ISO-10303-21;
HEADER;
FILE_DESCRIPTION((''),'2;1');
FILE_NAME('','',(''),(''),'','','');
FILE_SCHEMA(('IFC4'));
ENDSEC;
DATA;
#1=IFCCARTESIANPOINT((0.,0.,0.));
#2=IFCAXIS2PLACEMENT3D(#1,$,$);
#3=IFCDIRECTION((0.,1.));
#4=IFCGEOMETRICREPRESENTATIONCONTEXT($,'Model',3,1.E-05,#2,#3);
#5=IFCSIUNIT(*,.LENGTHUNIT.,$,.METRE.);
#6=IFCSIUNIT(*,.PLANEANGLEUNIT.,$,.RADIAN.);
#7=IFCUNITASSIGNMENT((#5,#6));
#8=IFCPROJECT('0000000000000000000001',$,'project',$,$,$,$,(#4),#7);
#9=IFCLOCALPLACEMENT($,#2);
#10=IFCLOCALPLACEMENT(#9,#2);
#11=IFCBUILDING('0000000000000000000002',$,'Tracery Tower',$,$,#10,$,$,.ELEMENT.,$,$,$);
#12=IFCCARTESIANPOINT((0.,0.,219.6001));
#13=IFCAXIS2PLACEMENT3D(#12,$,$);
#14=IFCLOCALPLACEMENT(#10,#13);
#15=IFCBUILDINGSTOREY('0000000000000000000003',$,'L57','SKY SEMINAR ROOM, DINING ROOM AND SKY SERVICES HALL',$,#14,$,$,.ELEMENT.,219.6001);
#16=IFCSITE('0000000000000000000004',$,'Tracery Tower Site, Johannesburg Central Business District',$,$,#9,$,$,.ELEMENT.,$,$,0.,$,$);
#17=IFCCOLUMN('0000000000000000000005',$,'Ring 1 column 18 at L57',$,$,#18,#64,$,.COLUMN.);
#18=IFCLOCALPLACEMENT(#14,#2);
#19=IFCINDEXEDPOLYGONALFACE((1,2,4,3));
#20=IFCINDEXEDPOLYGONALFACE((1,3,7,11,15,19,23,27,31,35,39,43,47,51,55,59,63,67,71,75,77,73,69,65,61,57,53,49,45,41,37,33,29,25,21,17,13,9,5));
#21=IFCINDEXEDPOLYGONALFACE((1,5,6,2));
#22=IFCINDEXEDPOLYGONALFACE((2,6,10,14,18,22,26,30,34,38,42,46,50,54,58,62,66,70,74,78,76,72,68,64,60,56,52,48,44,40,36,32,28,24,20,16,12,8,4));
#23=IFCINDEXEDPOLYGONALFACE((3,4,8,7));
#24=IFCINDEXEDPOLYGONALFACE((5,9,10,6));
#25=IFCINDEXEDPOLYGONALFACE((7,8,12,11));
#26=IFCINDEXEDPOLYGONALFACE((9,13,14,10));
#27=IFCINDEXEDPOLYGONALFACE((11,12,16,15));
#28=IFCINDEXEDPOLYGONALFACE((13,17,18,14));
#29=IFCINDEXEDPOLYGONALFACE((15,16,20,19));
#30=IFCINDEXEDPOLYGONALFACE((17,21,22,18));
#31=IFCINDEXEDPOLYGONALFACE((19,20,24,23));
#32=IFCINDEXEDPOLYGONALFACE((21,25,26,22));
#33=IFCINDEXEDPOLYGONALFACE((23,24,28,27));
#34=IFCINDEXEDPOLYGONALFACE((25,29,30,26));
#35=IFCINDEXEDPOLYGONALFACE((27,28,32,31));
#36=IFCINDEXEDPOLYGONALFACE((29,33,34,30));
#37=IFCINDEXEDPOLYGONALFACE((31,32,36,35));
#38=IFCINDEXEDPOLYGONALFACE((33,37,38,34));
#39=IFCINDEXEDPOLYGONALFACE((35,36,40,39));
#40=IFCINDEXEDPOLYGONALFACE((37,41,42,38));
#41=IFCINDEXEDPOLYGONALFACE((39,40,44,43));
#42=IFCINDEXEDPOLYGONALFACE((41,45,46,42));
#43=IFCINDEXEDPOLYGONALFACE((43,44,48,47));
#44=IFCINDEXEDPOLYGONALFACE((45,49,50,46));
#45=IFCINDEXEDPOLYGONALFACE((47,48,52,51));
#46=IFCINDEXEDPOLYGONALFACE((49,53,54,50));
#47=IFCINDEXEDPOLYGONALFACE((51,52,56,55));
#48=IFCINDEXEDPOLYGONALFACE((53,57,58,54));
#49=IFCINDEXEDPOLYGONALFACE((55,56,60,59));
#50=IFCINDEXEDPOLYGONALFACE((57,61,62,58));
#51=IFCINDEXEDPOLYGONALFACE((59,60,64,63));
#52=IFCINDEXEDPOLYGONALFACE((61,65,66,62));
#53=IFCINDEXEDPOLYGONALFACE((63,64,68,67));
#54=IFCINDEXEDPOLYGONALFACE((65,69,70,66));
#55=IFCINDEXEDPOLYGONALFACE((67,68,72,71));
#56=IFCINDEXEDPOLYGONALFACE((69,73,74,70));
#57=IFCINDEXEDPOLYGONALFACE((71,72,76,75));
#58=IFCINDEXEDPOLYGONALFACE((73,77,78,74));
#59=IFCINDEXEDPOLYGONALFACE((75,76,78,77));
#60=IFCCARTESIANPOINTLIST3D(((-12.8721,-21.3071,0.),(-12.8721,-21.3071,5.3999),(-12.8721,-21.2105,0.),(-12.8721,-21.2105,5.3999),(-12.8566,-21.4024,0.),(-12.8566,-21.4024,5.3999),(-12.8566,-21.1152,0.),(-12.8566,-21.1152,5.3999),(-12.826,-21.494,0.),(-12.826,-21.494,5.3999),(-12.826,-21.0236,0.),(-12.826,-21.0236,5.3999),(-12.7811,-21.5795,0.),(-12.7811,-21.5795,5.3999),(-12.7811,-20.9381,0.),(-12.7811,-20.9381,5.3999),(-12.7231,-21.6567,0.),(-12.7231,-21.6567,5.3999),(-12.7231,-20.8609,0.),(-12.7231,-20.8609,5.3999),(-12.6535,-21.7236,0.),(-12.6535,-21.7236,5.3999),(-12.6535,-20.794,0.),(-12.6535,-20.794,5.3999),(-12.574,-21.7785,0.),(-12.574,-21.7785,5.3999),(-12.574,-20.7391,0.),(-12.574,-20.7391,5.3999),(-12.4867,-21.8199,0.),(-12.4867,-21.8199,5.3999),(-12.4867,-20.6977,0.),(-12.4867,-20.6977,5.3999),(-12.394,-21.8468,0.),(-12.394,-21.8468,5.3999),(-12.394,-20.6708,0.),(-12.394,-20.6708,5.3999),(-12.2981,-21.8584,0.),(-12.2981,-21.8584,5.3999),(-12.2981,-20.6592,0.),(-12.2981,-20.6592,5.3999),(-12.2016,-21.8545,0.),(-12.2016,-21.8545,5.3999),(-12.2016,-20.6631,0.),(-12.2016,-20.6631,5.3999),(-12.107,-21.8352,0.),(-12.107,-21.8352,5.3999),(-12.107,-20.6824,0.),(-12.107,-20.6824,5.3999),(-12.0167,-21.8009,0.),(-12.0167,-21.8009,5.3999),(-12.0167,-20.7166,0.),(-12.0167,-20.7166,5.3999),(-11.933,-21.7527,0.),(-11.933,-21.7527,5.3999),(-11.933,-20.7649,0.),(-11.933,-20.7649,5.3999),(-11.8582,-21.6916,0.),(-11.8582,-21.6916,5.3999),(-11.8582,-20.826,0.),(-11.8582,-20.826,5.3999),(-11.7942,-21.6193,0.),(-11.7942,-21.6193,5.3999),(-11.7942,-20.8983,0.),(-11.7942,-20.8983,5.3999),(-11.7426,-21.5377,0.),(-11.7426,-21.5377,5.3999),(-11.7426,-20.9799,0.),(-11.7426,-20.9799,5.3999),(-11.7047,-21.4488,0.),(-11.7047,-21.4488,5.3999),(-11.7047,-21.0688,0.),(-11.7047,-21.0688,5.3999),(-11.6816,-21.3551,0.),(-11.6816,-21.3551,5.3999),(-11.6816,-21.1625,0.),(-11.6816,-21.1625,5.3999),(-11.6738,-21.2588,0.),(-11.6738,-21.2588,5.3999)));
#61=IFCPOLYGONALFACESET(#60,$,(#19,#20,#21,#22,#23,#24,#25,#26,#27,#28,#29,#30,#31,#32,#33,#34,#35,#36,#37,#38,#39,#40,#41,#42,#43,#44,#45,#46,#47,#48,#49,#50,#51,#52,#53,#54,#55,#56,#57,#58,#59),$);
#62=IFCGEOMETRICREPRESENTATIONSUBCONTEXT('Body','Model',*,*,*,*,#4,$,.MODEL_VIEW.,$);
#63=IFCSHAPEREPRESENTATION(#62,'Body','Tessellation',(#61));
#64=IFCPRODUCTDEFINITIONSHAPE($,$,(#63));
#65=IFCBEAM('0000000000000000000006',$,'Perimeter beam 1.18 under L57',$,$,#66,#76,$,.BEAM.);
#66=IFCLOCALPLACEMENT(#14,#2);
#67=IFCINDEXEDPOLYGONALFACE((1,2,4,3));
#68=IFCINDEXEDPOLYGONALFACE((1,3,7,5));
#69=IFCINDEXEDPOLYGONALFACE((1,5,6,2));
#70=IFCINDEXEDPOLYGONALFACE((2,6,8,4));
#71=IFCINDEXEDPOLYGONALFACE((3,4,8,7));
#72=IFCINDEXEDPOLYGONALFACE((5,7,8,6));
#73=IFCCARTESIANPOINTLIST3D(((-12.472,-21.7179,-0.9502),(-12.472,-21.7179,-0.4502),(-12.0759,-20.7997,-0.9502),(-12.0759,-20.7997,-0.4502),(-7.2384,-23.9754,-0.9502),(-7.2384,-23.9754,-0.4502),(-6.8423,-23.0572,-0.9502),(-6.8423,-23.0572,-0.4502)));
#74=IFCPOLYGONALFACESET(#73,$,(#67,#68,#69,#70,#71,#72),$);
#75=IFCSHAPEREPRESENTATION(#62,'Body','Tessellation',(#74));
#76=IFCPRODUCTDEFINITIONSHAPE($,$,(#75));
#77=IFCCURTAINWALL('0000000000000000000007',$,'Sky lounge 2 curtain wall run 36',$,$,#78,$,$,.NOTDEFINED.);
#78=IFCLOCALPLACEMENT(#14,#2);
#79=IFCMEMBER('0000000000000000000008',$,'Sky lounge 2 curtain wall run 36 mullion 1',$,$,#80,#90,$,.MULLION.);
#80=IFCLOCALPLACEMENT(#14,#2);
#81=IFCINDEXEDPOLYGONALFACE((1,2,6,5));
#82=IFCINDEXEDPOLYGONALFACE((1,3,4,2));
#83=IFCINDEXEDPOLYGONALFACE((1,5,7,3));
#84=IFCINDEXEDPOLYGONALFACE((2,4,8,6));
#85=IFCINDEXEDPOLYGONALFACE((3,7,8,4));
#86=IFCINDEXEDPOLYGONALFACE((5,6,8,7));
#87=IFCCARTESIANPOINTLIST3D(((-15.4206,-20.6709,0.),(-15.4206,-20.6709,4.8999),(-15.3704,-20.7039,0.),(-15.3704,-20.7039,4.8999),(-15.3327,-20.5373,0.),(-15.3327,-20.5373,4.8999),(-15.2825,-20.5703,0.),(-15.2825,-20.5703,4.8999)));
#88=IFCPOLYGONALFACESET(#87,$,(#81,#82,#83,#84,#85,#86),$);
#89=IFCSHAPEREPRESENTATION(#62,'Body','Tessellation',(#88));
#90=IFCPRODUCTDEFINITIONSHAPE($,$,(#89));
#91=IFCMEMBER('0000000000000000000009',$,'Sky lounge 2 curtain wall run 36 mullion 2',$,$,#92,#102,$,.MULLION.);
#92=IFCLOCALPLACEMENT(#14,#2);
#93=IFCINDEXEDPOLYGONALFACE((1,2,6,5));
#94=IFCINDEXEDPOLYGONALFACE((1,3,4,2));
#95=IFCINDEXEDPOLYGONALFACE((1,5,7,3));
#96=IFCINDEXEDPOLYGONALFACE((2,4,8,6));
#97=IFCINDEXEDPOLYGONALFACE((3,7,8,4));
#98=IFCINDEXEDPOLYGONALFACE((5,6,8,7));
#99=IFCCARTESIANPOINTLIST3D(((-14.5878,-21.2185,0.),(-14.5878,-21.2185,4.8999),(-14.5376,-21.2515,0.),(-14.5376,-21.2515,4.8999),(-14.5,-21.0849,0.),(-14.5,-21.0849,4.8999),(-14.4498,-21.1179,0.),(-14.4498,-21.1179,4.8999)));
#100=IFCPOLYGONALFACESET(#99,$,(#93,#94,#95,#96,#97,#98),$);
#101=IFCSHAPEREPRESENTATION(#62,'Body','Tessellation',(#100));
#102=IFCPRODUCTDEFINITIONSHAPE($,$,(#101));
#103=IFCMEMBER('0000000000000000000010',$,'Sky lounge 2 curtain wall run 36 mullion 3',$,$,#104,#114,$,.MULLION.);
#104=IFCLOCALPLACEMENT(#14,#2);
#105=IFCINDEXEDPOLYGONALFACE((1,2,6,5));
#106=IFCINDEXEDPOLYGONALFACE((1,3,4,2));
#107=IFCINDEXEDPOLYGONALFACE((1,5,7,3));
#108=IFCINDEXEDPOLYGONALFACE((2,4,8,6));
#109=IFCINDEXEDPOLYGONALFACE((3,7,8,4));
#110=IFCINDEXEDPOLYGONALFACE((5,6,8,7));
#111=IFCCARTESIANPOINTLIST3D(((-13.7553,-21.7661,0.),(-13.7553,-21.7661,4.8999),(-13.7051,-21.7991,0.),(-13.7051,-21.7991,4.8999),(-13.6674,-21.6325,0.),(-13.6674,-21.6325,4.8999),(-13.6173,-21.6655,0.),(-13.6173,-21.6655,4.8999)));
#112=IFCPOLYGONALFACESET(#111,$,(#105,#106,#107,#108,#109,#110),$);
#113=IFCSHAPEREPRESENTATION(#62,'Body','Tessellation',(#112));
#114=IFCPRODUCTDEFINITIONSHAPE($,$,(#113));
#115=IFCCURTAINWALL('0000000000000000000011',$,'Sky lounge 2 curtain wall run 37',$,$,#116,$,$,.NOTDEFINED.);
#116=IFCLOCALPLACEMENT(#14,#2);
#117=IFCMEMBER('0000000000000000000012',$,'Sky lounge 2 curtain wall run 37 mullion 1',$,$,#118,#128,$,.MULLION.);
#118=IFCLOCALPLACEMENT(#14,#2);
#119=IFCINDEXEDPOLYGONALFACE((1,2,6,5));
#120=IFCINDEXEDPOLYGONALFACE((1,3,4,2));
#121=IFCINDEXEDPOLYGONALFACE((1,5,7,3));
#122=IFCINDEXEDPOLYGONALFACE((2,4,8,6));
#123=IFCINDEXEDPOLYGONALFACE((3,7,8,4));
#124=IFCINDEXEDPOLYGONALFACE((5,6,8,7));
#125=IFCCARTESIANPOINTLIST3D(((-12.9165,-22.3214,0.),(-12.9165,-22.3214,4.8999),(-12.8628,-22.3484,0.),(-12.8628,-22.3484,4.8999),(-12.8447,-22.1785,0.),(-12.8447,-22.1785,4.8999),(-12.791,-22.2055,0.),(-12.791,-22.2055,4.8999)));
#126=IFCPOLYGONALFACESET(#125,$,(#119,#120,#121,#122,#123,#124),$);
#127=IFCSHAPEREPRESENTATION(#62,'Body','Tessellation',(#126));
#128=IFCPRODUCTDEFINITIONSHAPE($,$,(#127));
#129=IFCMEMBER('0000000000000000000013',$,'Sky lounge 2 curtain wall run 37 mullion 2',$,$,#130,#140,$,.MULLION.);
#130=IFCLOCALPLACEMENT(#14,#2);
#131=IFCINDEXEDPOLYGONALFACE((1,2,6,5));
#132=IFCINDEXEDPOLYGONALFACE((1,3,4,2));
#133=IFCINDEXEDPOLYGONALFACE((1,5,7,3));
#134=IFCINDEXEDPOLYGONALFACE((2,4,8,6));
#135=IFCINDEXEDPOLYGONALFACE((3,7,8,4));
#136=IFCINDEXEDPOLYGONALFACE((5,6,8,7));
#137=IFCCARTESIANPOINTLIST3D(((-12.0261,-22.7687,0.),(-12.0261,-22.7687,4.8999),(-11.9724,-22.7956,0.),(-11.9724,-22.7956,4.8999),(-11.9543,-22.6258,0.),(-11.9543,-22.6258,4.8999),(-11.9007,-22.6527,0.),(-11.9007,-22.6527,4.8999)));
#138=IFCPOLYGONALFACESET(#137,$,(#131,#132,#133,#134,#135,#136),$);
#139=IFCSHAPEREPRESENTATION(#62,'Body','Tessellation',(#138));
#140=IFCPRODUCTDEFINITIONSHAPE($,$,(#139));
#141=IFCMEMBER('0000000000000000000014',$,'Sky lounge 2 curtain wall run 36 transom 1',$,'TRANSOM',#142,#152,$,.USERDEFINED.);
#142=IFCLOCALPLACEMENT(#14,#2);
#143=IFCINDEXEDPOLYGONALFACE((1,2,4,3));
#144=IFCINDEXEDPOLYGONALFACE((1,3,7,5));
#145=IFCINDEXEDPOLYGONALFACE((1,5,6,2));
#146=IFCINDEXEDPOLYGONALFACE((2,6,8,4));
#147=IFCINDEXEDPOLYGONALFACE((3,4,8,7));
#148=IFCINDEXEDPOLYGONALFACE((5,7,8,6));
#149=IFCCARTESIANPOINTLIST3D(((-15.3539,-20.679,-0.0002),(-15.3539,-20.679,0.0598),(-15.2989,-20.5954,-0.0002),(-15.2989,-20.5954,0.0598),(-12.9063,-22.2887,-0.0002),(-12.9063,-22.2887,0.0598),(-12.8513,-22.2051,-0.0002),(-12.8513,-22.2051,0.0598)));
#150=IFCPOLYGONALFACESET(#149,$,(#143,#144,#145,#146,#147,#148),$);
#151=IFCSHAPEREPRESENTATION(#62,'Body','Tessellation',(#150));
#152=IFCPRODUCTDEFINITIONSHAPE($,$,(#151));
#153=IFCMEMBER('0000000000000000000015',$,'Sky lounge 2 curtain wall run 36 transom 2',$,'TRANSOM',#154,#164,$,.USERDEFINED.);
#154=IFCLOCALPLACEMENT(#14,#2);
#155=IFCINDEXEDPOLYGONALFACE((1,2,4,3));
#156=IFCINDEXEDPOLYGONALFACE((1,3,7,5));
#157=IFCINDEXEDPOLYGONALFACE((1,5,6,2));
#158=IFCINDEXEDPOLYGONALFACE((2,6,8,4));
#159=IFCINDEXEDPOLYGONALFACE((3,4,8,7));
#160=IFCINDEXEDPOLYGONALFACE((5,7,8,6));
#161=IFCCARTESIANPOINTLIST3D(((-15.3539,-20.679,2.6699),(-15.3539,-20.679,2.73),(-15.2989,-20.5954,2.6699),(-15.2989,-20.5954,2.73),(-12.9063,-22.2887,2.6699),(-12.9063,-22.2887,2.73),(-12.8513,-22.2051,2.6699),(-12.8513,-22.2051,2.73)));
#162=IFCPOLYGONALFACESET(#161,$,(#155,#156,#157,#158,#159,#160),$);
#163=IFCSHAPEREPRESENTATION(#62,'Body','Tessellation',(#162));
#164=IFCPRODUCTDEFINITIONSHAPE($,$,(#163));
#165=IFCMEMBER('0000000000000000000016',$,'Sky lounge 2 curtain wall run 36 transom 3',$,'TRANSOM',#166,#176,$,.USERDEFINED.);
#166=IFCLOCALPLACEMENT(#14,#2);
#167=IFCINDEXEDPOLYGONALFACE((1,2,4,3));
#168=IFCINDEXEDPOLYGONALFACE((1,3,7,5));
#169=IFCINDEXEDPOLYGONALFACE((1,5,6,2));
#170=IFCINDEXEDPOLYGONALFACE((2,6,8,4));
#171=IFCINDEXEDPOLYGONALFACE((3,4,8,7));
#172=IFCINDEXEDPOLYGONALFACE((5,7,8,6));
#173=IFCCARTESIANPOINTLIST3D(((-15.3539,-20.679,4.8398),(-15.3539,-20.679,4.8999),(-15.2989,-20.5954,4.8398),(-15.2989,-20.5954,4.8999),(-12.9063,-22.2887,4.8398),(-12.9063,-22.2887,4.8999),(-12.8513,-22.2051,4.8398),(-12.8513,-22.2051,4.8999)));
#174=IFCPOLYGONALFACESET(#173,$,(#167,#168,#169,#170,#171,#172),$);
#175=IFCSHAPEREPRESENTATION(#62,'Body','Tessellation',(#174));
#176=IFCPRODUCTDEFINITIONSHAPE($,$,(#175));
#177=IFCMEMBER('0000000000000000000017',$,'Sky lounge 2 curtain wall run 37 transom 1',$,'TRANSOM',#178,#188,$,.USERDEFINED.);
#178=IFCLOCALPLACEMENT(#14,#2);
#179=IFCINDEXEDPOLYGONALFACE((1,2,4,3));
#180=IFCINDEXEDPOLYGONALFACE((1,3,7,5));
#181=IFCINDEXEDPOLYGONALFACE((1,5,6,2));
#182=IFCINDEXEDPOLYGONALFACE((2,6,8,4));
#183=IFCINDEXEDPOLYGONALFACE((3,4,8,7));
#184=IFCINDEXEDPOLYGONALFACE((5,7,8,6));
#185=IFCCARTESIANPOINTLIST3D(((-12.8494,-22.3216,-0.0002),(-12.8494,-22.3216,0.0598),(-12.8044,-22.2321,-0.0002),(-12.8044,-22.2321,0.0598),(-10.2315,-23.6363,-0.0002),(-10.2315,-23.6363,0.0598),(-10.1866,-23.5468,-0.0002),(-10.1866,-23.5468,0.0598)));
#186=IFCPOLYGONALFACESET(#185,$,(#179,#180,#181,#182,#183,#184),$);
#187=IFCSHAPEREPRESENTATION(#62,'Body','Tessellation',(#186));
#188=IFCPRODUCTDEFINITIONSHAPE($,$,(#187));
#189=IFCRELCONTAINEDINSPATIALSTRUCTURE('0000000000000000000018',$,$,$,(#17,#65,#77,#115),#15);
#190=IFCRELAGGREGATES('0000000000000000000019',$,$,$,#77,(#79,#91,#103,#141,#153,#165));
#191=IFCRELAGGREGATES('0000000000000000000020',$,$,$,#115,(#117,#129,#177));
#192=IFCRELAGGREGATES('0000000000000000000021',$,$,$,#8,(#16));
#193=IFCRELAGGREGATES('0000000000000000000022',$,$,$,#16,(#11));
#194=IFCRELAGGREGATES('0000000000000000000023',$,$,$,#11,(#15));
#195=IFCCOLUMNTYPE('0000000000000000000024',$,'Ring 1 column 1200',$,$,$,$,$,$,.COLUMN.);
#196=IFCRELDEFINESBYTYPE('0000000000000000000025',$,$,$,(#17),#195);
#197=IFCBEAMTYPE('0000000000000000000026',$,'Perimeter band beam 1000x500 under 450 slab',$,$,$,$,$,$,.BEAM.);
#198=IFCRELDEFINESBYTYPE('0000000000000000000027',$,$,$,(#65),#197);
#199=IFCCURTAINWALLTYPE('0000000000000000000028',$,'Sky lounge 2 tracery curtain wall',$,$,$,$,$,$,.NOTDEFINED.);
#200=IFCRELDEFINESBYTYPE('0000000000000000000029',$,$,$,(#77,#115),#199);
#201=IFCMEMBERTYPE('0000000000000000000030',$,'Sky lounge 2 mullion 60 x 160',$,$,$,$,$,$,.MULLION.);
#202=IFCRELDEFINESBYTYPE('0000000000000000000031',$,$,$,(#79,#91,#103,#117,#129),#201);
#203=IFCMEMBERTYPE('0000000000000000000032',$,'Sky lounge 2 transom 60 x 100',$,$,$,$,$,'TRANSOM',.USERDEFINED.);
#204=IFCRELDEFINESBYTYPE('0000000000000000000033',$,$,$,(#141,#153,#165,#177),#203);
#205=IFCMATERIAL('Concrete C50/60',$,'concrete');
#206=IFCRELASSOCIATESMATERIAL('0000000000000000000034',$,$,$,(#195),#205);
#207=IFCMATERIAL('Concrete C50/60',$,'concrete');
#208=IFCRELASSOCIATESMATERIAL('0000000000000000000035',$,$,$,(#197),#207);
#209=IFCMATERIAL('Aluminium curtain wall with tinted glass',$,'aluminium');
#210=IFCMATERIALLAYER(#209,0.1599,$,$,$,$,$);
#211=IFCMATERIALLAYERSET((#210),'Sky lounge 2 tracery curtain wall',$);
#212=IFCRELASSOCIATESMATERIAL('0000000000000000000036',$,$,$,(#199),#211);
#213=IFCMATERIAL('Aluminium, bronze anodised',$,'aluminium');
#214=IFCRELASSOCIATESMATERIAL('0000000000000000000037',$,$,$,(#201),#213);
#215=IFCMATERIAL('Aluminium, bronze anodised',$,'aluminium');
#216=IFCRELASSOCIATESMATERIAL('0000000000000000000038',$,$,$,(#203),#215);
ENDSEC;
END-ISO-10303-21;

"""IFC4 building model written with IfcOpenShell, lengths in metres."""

from ifc_helpers import new_model, si_unit, direction, frame, origin, origin_2d, place, context, subcontext, project, spatial, rectangle, circle, extrude, material, layer, layer_set, material_profile, profile_set, type_object, element, aggregate, save


model = new_model("IFC4")

# Units and contexts
model_context = context("Model", 3, precision=1e-05, world=origin(), true_north=direction((0.0, 1.0)))
body_context = subcontext(model_context, "Body", "Model", "MODEL_VIEW")
ifc_project = project(units=[si_unit("LENGTHUNIT", "METRE"), si_unit("PLANEANGLEUNIT", "RADIAN")], contexts=[model_context])

# Site, building, storey
site_placement = place(None, origin())
site = spatial("IfcSite", under=ifc_project, at=site_placement, Name="Tracery Tower Site, Johannesburg Central Business District", CompositionType="ELEMENT", RefElevation=0.0)
building_placement = place(site_placement, origin())
building = spatial("IfcBuilding", under=site, at=building_placement, Name="Tracery Tower", CompositionType="ELEMENT")
storey_placement = place(building_placement, frame((0.0, 0.0, 219.6001)))
storey = spatial("IfcBuildingStorey", under=building, at=storey_placement, Name="L57", Description="SKY SEMINAR ROOM, DINING ROOM AND SKY SERVICES HALL", CompositionType="ELEMENT", Elevation=219.6001)

# Column
ifc_material_1 = material(Name="Concrete C50/60", Category="concrete")
ifc_material_profile_1 = material_profile(ifc_material_1, circle(Radius=0.6001, at=origin_2d()), Name="RC D1200")
ifc_profile_set_1 = profile_set([ifc_material_profile_1], Name="Concrete C50/60")
column_type = type_object("IfcColumnType", Name="Ring 1 column 1200", PredefinedType="COLUMN", material=ifc_profile_set_1)
column_placement = place(storey_placement, frame((-12.2739, -21.2588, 0.0), z_axis=(0.0, 0.0, 1.0), x_axis=(1.0, 0.0, 0.0)))
element("IfcColumn", 1, at=column_placement, inside=storey, type_object=column_type, Name="Ring 1 column 18 at L57", PredefinedType="COLUMN", context=body_context, shape_type="SweptSolid", body=[
    extrude(circle(Radius=0.6001, at=origin_2d()), origin(), (0.0, 0.0, 1.0), 5.3999),
])

# Beam
ifc_material_2 = material(Name="Concrete C50/60", Category="concrete")
ifc_material_profile_2 = material_profile(ifc_material_2, rectangle(XDim=1.0, YDim=0.5, at=origin_2d()), Name="RC 1000x500")
ifc_profile_set_2 = profile_set([ifc_material_profile_2], Name="Concrete C50/60")
beam_type = type_object("IfcBeamType", Name="Perimeter band beam 1000x500 under 450 slab", PredefinedType="BEAM", material=ifc_profile_set_2)
beam_placement = place(storey_placement, frame((-12.2739, -21.2588, -0.7002), z_axis=(0.918216, -0.396079, 0.0), x_axis=(0.396079, 0.918216, 0.0)))
element("IfcBeam", 2, at=beam_placement, inside=storey, type_object=beam_type, Name="Perimeter beam 1.18 under L57", PredefinedType="BEAM", context=body_context, shape_type="SweptSolid", body=[
    extrude(rectangle(XDim=1.0, YDim=0.5, at=origin_2d()), origin(), (0.0, 0.0, 1.0), 5.6997),
])

# Curtain walls, members
ifc_material_3 = material(Name="Aluminium curtain wall with tinted glass", Category="aluminium")
ifc_layer_1 = layer(ifc_material_3, 0.1599)
ifc_layer_set_1 = layer_set([ifc_layer_1], Name="Sky lounge 2 tracery curtain wall")
curtain_wall_type = type_object("IfcCurtainWallType", Name="Sky lounge 2 tracery curtain wall", PredefinedType="NOTDEFINED", material=ifc_layer_set_1)
curtain_wall_1_placement = place(storey_placement, origin())
curtain_wall_1 = element("IfcCurtainWall", 3, at=curtain_wall_1_placement, inside=storey, type_object=curtain_wall_type, Name="Sky lounge 2 curtain wall run 36", PredefinedType="NOTDEFINED")
ifc_material_4 = material(Name="Aluminium, bronze anodised", Category="aluminium")
ifc_material_profile_3 = material_profile(ifc_material_4, rectangle(XDim=0.1599, YDim=0.0601, at=origin_2d()), Name="AL 60x160")
ifc_profile_set_3 = profile_set([ifc_material_profile_3], Name="Aluminium, bronze anodised")
member_type_1 = type_object("IfcMemberType", Name="Sky lounge 2 mullion 60 x 160", PredefinedType="MULLION", material=ifc_profile_set_3)
member_1_placement = place(storey_placement, frame((-15.3516, -20.6206, 0.0), z_axis=(0.0, 0.0, 1.0), x_axis=(0.549509, 0.835488, 0.0)))
member_1 = element("IfcMember", 4, at=member_1_placement, type_object=member_type_1, Name="Sky lounge 2 curtain wall run 36 mullion 1", PredefinedType="MULLION", context=body_context, shape_type="SweptSolid", body=[
    extrude(rectangle(XDim=0.1599, YDim=0.0601, at=origin_2d()), origin(), (0.0, 0.0, 1.0), 4.8999),
])
member_2_placement = place(storey_placement, frame((-14.5188, -21.1682, 0.0), z_axis=(0.0, 0.0, 1.0), x_axis=(0.549509, 0.835488, 0.0)))
member_2 = element("IfcMember", 5, at=member_2_placement, type_object=member_type_1, Name="Sky lounge 2 curtain wall run 36 mullion 2", PredefinedType="MULLION", context=body_context, shape_type="SweptSolid", body=[
    extrude(rectangle(XDim=0.1599, YDim=0.0601, at=origin_2d()), origin(), (0.0, 0.0, 1.0), 4.8999),
])
member_3_placement = place(storey_placement, frame((-13.6863, -21.7158, 0.0), z_axis=(0.0, 0.0, 1.0), x_axis=(0.549509, 0.835488, 0.0)))
member_3 = element("IfcMember", 6, at=member_3_placement, type_object=member_type_1, Name="Sky lounge 2 curtain wall run 36 mullion 3", PredefinedType="MULLION", context=body_context, shape_type="SweptSolid", body=[
    extrude(rectangle(XDim=0.1599, YDim=0.0601, at=origin_2d()), origin(), (0.0, 0.0, 1.0), 4.8999),
])
curtain_wall_2_placement = place(storey_placement, origin())
curtain_wall_2 = element("IfcCurtainWall", 7, at=curtain_wall_2_placement, inside=storey, type_object=curtain_wall_type, Name="Sky lounge 2 curtain wall run 37", PredefinedType="NOTDEFINED")
member_4_placement = place(storey_placement, frame((-12.8538, -22.2634, 0.0), z_axis=(0.0, 0.0, 1.0), x_axis=(0.448799, 0.893633, 0.0)))
member_4 = element("IfcMember", 8, at=member_4_placement, type_object=member_type_1, Name="Sky lounge 2 curtain wall run 37 mullion 1", PredefinedType="MULLION", context=body_context, shape_type="SweptSolid", body=[
    extrude(rectangle(XDim=0.1599, YDim=0.0601, at=origin_2d()), origin(), (0.0, 0.0, 1.0), 4.8999),
])
member_5_placement = place(storey_placement, frame((-11.9634, -22.7107, 0.0), z_axis=(0.0, 0.0, 1.0), x_axis=(0.448799, 0.893633, 0.0)))
member_5 = element("IfcMember", 9, at=member_5_placement, type_object=member_type_1, Name="Sky lounge 2 curtain wall run 37 mullion 2", PredefinedType="MULLION", context=body_context, shape_type="SweptSolid", body=[
    extrude(rectangle(XDim=0.1599, YDim=0.0601, at=origin_2d()), origin(), (0.0, 0.0, 1.0), 4.8999),
])

# Members
ifc_material_5 = material(Name="Aluminium, bronze anodised", Category="aluminium")
ifc_material_profile_4 = material_profile(ifc_material_5, rectangle(XDim=0.1001, YDim=0.0601, at=origin_2d()), Name="AL 60x100")
ifc_profile_set_4 = profile_set([ifc_material_profile_4], Name="Aluminium, bronze anodised")
member_type_2 = type_object("IfcMemberType", Name="Sky lounge 2 transom 60 x 100", ElementType="TRANSOM", PredefinedType="USERDEFINED", material=ifc_profile_set_4)
member_6_placement = place(storey_placement, frame((-15.3264, -20.6372, 0.0298), z_axis=(0.835509, -0.549477, 0.0), x_axis=(0.549477, 0.835509, 0.0)))
member_6 = element("IfcMember", 10, at=member_6_placement, type_object=member_type_2, Name="Sky lounge 2 curtain wall run 36 transom 1", ObjectType="TRANSOM", PredefinedType="USERDEFINED", context=body_context, shape_type="SweptSolid", body=[
    extrude(rectangle(XDim=0.1001, YDim=0.0601, at=origin_2d()), origin(), (0.0, 0.0, 1.0), 2.9294),
])
member_7_placement = place(storey_placement, frame((-15.3264, -20.6372, 2.7), z_axis=(0.835509, -0.549477, 0.0), x_axis=(0.549477, 0.835509, 0.0)))
member_7 = element("IfcMember", 11, at=member_7_placement, type_object=member_type_2, Name="Sky lounge 2 curtain wall run 36 transom 2", ObjectType="TRANSOM", PredefinedType="USERDEFINED", context=body_context, shape_type="SweptSolid", body=[
    extrude(rectangle(XDim=0.1001, YDim=0.0601, at=origin_2d()), origin(), (0.0, 0.0, 1.0), 2.9294),
])
member_8_placement = place(storey_placement, frame((-15.3264, -20.6372, 4.8699), z_axis=(0.835509, -0.549477, 0.0), x_axis=(0.549477, 0.835509, 0.0)))
member_8 = element("IfcMember", 12, at=member_8_placement, type_object=member_type_2, Name="Sky lounge 2 curtain wall run 36 transom 3", ObjectType="TRANSOM", PredefinedType="USERDEFINED", context=body_context, shape_type="SweptSolid", body=[
    extrude(rectangle(XDim=0.1001, YDim=0.0601, at=origin_2d()), origin(), (0.0, 0.0, 1.0), 2.9294),
])
member_9_placement = place(storey_placement, frame((-12.8269, -22.2769, 0.0298), z_axis=(0.893642, -0.44878, 0.0), x_axis=(0.44878, 0.893642, 0.0)))
member_9 = element("IfcMember", 13, at=member_9_placement, type_object=member_type_2, Name="Sky lounge 2 curtain wall run 37 transom 1", ObjectType="TRANSOM", PredefinedType="USERDEFINED", context=body_context, shape_type="SweptSolid", body=[
    extrude(rectangle(XDim=0.1001, YDim=0.0601, at=origin_2d()), origin(), (0.0, 0.0, 1.0), 2.9294),
])

aggregate(curtain_wall_1, [member_1, member_2, member_3, member_6, member_7, member_8])
aggregate(curtain_wall_2, [member_4, member_5, member_9])

save(model, "model.ifc")
